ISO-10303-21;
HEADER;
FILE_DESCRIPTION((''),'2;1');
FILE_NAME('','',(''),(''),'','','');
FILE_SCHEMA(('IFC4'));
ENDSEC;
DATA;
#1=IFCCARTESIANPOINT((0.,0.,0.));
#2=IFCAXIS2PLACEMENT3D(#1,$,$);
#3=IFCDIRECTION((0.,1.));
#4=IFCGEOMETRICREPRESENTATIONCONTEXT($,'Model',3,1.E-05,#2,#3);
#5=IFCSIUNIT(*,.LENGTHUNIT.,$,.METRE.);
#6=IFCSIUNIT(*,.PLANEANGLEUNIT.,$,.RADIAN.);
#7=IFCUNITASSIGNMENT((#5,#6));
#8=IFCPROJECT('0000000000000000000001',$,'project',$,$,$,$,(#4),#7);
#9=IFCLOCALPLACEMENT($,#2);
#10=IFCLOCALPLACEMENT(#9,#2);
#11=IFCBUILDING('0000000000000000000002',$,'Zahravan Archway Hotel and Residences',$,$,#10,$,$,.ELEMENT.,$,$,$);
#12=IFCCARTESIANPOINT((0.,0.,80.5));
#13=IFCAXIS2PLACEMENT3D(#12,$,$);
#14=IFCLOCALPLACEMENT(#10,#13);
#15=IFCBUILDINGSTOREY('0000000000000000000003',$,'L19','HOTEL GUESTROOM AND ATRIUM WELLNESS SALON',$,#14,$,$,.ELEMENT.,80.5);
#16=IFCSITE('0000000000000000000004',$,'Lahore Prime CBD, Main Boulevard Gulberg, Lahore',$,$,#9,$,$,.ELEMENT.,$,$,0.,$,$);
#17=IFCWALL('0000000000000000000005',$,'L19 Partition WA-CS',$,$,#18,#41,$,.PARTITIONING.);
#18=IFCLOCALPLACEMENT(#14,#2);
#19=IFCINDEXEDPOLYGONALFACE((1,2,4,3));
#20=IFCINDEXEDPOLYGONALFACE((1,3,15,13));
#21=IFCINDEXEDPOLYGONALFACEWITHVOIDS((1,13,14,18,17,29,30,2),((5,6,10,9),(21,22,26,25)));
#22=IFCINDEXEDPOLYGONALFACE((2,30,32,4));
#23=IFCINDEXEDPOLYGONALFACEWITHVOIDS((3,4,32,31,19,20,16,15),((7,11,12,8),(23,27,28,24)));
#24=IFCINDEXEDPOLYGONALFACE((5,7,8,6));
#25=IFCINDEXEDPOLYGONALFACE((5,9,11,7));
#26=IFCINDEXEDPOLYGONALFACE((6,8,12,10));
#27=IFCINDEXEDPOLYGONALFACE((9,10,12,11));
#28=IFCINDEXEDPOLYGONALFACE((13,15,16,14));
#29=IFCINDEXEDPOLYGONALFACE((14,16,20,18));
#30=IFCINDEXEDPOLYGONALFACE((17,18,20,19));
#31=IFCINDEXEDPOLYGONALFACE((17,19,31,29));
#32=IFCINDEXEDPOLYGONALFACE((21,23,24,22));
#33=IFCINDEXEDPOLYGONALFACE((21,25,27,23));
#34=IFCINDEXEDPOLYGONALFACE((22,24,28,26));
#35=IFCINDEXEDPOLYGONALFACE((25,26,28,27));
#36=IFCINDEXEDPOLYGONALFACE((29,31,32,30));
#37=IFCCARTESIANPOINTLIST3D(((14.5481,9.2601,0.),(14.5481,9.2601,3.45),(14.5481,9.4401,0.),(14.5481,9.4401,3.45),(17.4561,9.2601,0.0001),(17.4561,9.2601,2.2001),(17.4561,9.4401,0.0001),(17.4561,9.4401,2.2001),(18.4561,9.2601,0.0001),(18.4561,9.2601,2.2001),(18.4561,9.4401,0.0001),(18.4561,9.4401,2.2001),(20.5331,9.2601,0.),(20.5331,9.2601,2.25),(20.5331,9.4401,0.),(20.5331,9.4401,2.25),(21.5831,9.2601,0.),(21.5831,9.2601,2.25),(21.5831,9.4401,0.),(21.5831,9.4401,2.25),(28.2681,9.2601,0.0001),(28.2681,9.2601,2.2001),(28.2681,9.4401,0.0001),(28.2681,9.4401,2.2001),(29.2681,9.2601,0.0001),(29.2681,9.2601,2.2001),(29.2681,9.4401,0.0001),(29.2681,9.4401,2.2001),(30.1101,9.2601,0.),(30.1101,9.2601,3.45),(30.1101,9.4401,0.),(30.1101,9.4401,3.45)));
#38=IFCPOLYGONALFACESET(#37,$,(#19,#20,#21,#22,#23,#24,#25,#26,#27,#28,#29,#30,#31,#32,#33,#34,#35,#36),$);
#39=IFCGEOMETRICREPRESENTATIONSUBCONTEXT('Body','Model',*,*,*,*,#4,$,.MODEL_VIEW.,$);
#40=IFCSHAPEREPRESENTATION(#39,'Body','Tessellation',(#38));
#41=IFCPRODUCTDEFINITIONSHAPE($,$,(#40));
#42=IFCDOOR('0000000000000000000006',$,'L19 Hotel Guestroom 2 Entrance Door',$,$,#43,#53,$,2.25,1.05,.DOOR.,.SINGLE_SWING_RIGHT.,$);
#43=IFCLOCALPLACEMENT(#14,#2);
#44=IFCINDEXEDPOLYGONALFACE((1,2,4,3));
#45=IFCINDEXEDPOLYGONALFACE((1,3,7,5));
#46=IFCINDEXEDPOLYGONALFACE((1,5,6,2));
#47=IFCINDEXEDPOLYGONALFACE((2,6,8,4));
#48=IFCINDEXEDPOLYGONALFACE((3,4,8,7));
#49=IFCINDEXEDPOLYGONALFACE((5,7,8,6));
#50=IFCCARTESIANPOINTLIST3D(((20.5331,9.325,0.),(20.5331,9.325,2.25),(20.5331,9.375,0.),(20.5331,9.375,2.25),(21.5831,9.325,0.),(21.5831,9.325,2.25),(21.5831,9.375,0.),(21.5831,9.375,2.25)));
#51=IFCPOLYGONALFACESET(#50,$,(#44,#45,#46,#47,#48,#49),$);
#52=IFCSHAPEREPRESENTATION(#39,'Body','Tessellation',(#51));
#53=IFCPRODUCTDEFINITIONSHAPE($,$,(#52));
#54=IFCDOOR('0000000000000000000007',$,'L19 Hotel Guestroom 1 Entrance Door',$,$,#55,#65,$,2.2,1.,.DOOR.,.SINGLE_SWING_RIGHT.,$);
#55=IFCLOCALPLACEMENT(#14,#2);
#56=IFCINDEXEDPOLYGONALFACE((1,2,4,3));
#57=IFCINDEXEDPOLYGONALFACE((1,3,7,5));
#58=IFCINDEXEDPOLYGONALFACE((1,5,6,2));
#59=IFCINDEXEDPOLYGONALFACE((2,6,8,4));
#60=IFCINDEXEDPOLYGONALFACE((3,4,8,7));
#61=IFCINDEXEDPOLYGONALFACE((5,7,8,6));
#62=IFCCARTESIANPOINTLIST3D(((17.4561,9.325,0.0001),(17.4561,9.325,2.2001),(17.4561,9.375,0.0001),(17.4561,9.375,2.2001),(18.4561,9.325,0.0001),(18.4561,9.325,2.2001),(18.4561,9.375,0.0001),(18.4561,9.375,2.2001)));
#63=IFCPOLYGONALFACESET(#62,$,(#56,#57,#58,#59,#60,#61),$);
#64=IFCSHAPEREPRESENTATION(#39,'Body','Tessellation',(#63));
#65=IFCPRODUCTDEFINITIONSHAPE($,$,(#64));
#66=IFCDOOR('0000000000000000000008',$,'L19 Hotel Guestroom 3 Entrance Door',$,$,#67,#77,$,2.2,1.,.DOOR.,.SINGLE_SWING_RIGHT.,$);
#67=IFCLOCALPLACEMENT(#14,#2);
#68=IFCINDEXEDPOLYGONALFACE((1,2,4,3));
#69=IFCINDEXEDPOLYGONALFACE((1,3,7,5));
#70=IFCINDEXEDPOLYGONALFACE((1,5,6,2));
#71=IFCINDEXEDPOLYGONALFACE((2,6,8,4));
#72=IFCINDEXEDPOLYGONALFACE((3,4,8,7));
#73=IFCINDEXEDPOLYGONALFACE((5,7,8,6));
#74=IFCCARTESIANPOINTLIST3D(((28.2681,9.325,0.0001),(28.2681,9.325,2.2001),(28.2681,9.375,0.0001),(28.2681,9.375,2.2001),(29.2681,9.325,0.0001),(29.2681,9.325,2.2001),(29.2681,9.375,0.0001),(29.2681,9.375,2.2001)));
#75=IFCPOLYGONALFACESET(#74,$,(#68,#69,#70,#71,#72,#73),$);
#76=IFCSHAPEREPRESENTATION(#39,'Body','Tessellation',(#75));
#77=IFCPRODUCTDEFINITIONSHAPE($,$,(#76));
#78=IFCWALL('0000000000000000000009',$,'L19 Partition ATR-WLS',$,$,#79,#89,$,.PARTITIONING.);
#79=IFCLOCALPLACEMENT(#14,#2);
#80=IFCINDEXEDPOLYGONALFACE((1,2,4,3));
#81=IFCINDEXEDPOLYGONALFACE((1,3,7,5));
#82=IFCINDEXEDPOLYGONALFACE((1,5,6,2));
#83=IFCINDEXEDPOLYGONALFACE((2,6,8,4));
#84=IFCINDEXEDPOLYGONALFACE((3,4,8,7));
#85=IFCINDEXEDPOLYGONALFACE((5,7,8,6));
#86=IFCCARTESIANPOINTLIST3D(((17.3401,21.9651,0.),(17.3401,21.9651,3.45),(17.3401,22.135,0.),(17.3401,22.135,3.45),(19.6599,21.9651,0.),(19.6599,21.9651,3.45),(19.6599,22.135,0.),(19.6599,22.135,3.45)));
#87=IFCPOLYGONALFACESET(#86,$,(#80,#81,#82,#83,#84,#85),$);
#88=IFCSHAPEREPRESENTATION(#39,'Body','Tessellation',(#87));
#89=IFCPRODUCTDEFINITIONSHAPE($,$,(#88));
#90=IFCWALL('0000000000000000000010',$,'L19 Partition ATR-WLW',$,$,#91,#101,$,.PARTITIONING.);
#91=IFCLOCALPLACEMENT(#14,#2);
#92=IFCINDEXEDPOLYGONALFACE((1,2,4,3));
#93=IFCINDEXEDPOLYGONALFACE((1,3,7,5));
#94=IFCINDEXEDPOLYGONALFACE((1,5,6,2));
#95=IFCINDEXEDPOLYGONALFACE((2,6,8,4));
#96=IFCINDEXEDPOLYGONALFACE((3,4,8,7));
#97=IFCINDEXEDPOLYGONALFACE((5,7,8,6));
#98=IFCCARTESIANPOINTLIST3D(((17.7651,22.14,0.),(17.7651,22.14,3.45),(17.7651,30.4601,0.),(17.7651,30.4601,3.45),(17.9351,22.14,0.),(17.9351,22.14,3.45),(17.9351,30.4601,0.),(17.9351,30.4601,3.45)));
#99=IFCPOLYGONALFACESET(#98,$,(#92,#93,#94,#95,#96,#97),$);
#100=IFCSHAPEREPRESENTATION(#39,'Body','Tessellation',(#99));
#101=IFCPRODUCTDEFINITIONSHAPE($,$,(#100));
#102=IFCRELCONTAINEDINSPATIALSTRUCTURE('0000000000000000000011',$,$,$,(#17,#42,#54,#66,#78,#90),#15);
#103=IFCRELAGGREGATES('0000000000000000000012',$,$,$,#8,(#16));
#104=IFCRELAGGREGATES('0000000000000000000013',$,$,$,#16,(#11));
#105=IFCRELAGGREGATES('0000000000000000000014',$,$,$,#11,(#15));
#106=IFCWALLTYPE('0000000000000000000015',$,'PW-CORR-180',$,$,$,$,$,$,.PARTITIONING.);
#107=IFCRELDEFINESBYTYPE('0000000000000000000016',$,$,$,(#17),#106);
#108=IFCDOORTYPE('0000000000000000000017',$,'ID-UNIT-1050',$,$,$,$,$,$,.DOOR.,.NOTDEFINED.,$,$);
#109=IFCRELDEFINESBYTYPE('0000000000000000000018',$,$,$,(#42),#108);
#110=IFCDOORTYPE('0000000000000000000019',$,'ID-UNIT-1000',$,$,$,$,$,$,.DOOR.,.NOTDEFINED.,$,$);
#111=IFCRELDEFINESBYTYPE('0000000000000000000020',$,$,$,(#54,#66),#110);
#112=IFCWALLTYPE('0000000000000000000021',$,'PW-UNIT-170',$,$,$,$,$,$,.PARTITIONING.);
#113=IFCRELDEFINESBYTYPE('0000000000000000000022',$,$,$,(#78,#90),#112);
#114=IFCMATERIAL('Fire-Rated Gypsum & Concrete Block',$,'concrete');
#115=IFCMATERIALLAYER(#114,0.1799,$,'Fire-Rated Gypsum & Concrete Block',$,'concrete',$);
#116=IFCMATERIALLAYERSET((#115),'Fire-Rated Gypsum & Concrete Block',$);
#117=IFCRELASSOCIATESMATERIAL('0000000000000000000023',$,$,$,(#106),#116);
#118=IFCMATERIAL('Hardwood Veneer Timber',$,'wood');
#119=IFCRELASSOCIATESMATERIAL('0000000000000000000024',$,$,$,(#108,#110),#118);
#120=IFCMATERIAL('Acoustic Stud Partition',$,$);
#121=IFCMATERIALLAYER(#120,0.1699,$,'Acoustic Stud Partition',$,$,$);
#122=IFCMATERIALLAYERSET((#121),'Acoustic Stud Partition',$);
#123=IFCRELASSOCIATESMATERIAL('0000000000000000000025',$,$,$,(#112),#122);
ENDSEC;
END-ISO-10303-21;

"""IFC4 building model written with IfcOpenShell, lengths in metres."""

from ifc_helpers import new_model, si_unit, direction, frame, frame_2d, origin, place, context, subcontext, project, spatial, rectangle, extrude, source, transform, mapped, material, layer, layer_set, type_object, type_shapes, element, fill, save


model = new_model("IFC4")

# Units and contexts
model_context = context("Model", 3, precision=1e-05, world=origin(), true_north=direction((0.0, 1.0)))
body_context = subcontext(model_context, "Body", "Model", "MODEL_VIEW")
ifc_project = project(units=[si_unit("LENGTHUNIT", "METRE"), si_unit("PLANEANGLEUNIT", "RADIAN")], contexts=[model_context])

# Site, building, storey
site_placement = place(None, origin())
site = spatial("IfcSite", under=ifc_project, at=site_placement, Name="Lahore Prime CBD, Main Boulevard Gulberg, Lahore", CompositionType="ELEMENT", RefElevation=0.0)
building_placement = place(site_placement, origin())
building = spatial("IfcBuilding", under=site, at=building_placement, Name="Zahravan Archway Hotel and Residences", CompositionType="ELEMENT")
storey_placement = place(building_placement, frame((0.0, 0.0, 80.5)))
storey = spatial("IfcBuildingStorey", under=building, at=storey_placement, Name="L19", Description="HOTEL GUESTROOM AND ATRIUM WELLNESS SALON", CompositionType="ELEMENT", Elevation=80.5)

# Shared definitions
ifc_material_1 = material(Name="Fire-Rated Gypsum & Concrete Block", Category="concrete")

# Wall, openings, doors
ifc_layer_1 = layer(ifc_material_1, 0.1799, Name="Fire-Rated Gypsum & Concrete Block", Category="concrete")
ifc_layer_set_1 = layer_set([ifc_layer_1], Name="Fire-Rated Gypsum & Concrete Block")
wall_type_1 = type_object("IfcWallType", Name="PW-CORR-180", PredefinedType="PARTITIONING", material=ifc_layer_set_1)
wall_1_placement = place(storey_placement, frame((14.5481, 9.3501, 0.0), z_axis=(0.0, 0.0, 1.0), x_axis=(1.0, 0.0, 0.0)))
wall_1 = element("IfcWall", 1, at=wall_1_placement, inside=storey, type_object=wall_type_1, Name="L19 Partition WA-CS", PredefinedType="PARTITIONING", context=body_context, shape_type="SweptSolid", body=[
    extrude(rectangle(XDim=15.562, YDim=0.1799, at=frame_2d((7.781, 0.0))), origin(), (0.0, 0.0, 1.0), 3.45),
])
opening_1_placement = place(wall_1_placement, frame((2.908, 0.0, 0.0)))
opening_1 = element("IfcOpeningElement", 2, at=opening_1_placement, cuts=wall_1, PredefinedType="OPENING", context=body_context, shape_type="SweptSolid", body=[
    extrude(rectangle(XDim=1.0, YDim=2.2, at=frame_2d((0.5, 1.1001))), frame((0.0, 0.1001, 0.0), z_axis=(0.0, -1.0, 0.0), x_axis=(1.0, 0.0, 0.0)), (0.0, 0.0, 1.0), 0.2),
])
opening_2_placement = place(wall_1_placement, frame((5.9851, 0.0, 0.0)))
opening_2 = element("IfcOpeningElement", 3, at=opening_2_placement, cuts=wall_1, PredefinedType="OPENING", context=body_context, shape_type="SweptSolid", body=[
    extrude(rectangle(XDim=1.05, YDim=2.25, at=frame_2d((0.5249, 1.125))), frame((0.0, 0.1001, 0.0), z_axis=(0.0, -1.0, 0.0), x_axis=(1.0, 0.0, 0.0)), (0.0, 0.0, 1.0), 0.2),
])
opening_3_placement = place(wall_1_placement, frame((13.72, 0.0, 0.0)))
opening_3 = element("IfcOpeningElement", 4, at=opening_3_placement, cuts=wall_1, PredefinedType="OPENING", context=body_context, shape_type="SweptSolid", body=[
    extrude(rectangle(XDim=1.0, YDim=2.2, at=frame_2d((0.5, 1.1001))), frame((0.0, 0.1001, 0.0), z_axis=(0.0, -1.0, 0.0), x_axis=(1.0, 0.0, 0.0)), (0.0, 0.0, 1.0), 0.2),
])
ifc_material_2 = material(Name="Hardwood Veneer Timber", Category="wood")
door_type_1 = type_object("IfcDoorType", Name="ID-UNIT-1050", OperationType="NOTDEFINED", PredefinedType="DOOR", material=ifc_material_2)
shared_shape_1 = source(origin(), body_context, "Body", "SweptSolid", [
    extrude(rectangle(XDim=1.05, YDim=2.25, at=frame_2d((0.5249, 1.125))), frame((0.0, 0.0249, 0.0), z_axis=(0.0, -1.0, 0.0), x_axis=(1.0, 0.0, 0.0)), (0.0, 0.0, 1.0), 0.05),
])
type_shapes(door_type_1, [shared_shape_1])
door_1_placement = place(opening_2_placement, origin())
door_1 = element("IfcDoor", 5, at=door_1_placement, inside=storey, type_object=door_type_1, Name="L19 Hotel Guestroom 2 Entrance Door", OperationType="SINGLE_SWING_RIGHT", OverallHeight=2.25, OverallWidth=1.05, PredefinedType="DOOR", context=body_context, shape_type="MappedRepresentation", body=[
    mapped(shared_shape_1, transform((0.0, 0.0, 0.0), scale=1.0)),
])
fill(opening_2, door_1)
door_type_2 = type_object("IfcDoorType", Name="ID-UNIT-1000", OperationType="NOTDEFINED", PredefinedType="DOOR", material=ifc_material_2)
shared_shape_2 = source(origin(), body_context, "Body", "SweptSolid", [
    extrude(rectangle(XDim=1.0, YDim=2.2, at=frame_2d((0.5, 1.1001))), frame((0.0, 0.0249, 0.0), z_axis=(0.0, -1.0, 0.0), x_axis=(1.0, 0.0, 0.0)), (0.0, 0.0, 1.0), 0.05),
])
type_shapes(door_type_2, [shared_shape_2])
door_2_placement = place(opening_1_placement, origin())
door_2 = element("IfcDoor", 6, at=door_2_placement, inside=storey, type_object=door_type_2, Name="L19 Hotel Guestroom 1 Entrance Door", OperationType="SINGLE_SWING_RIGHT", OverallHeight=2.2, OverallWidth=1.0, PredefinedType="DOOR", context=body_context, shape_type="MappedRepresentation", body=[
    mapped(shared_shape_2, transform((0.0, 0.0, 0.0), scale=1.0)),
])
fill(opening_1, door_2)
door_3_placement = place(opening_3_placement, origin())
door_3 = element("IfcDoor", 7, at=door_3_placement, inside=storey, type_object=door_type_2, Name="L19 Hotel Guestroom 3 Entrance Door", OperationType="SINGLE_SWING_RIGHT", OverallHeight=2.2, OverallWidth=1.0, PredefinedType="DOOR", context=body_context, shape_type="MappedRepresentation", body=[
    mapped(shared_shape_2, transform((0.0, 0.0, 0.0), scale=1.0)),
])
fill(opening_3, door_3)

# Walls
ifc_material_3 = material(Name="Acoustic Stud Partition")
ifc_layer_2 = layer(ifc_material_3, 0.1699, Name="Acoustic Stud Partition")
ifc_layer_set_2 = layer_set([ifc_layer_2], Name="Acoustic Stud Partition")
wall_type_2 = type_object("IfcWallType", Name="PW-UNIT-170", PredefinedType="PARTITIONING", material=ifc_layer_set_2)
wall_2_placement = place(storey_placement, frame((17.3401, 22.05, 0.0), z_axis=(0.0, 0.0, 1.0), x_axis=(1.0, 0.0, 0.0)))
element("IfcWall", 8, at=wall_2_placement, inside=storey, type_object=wall_type_2, Name="L19 Partition ATR-WLS", PredefinedType="PARTITIONING", context=body_context, shape_type="SweptSolid", body=[
    extrude(rectangle(XDim=2.3198, YDim=0.1699, at=frame_2d((1.1599, 0.0))), origin(), (0.0, 0.0, 1.0), 3.45),
])
wall_3_placement = place(storey_placement, frame((17.8501, 22.1399, 0.0), z_axis=(0.0, 0.0, 1.0), x_axis=(0.0, 1.0, 0.0)))
element("IfcWall", 9, at=wall_3_placement, inside=storey, type_object=wall_type_2, Name="L19 Partition ATR-WLW", PredefinedType="PARTITIONING", context=body_context, shape_type="SweptSolid", body=[
    extrude(rectangle(XDim=8.3201, YDim=0.1699, at=frame_2d((4.1602, 0.0))), origin(), (0.0, 0.0, 1.0), 3.45),
])

save(model, "model.ifc")
